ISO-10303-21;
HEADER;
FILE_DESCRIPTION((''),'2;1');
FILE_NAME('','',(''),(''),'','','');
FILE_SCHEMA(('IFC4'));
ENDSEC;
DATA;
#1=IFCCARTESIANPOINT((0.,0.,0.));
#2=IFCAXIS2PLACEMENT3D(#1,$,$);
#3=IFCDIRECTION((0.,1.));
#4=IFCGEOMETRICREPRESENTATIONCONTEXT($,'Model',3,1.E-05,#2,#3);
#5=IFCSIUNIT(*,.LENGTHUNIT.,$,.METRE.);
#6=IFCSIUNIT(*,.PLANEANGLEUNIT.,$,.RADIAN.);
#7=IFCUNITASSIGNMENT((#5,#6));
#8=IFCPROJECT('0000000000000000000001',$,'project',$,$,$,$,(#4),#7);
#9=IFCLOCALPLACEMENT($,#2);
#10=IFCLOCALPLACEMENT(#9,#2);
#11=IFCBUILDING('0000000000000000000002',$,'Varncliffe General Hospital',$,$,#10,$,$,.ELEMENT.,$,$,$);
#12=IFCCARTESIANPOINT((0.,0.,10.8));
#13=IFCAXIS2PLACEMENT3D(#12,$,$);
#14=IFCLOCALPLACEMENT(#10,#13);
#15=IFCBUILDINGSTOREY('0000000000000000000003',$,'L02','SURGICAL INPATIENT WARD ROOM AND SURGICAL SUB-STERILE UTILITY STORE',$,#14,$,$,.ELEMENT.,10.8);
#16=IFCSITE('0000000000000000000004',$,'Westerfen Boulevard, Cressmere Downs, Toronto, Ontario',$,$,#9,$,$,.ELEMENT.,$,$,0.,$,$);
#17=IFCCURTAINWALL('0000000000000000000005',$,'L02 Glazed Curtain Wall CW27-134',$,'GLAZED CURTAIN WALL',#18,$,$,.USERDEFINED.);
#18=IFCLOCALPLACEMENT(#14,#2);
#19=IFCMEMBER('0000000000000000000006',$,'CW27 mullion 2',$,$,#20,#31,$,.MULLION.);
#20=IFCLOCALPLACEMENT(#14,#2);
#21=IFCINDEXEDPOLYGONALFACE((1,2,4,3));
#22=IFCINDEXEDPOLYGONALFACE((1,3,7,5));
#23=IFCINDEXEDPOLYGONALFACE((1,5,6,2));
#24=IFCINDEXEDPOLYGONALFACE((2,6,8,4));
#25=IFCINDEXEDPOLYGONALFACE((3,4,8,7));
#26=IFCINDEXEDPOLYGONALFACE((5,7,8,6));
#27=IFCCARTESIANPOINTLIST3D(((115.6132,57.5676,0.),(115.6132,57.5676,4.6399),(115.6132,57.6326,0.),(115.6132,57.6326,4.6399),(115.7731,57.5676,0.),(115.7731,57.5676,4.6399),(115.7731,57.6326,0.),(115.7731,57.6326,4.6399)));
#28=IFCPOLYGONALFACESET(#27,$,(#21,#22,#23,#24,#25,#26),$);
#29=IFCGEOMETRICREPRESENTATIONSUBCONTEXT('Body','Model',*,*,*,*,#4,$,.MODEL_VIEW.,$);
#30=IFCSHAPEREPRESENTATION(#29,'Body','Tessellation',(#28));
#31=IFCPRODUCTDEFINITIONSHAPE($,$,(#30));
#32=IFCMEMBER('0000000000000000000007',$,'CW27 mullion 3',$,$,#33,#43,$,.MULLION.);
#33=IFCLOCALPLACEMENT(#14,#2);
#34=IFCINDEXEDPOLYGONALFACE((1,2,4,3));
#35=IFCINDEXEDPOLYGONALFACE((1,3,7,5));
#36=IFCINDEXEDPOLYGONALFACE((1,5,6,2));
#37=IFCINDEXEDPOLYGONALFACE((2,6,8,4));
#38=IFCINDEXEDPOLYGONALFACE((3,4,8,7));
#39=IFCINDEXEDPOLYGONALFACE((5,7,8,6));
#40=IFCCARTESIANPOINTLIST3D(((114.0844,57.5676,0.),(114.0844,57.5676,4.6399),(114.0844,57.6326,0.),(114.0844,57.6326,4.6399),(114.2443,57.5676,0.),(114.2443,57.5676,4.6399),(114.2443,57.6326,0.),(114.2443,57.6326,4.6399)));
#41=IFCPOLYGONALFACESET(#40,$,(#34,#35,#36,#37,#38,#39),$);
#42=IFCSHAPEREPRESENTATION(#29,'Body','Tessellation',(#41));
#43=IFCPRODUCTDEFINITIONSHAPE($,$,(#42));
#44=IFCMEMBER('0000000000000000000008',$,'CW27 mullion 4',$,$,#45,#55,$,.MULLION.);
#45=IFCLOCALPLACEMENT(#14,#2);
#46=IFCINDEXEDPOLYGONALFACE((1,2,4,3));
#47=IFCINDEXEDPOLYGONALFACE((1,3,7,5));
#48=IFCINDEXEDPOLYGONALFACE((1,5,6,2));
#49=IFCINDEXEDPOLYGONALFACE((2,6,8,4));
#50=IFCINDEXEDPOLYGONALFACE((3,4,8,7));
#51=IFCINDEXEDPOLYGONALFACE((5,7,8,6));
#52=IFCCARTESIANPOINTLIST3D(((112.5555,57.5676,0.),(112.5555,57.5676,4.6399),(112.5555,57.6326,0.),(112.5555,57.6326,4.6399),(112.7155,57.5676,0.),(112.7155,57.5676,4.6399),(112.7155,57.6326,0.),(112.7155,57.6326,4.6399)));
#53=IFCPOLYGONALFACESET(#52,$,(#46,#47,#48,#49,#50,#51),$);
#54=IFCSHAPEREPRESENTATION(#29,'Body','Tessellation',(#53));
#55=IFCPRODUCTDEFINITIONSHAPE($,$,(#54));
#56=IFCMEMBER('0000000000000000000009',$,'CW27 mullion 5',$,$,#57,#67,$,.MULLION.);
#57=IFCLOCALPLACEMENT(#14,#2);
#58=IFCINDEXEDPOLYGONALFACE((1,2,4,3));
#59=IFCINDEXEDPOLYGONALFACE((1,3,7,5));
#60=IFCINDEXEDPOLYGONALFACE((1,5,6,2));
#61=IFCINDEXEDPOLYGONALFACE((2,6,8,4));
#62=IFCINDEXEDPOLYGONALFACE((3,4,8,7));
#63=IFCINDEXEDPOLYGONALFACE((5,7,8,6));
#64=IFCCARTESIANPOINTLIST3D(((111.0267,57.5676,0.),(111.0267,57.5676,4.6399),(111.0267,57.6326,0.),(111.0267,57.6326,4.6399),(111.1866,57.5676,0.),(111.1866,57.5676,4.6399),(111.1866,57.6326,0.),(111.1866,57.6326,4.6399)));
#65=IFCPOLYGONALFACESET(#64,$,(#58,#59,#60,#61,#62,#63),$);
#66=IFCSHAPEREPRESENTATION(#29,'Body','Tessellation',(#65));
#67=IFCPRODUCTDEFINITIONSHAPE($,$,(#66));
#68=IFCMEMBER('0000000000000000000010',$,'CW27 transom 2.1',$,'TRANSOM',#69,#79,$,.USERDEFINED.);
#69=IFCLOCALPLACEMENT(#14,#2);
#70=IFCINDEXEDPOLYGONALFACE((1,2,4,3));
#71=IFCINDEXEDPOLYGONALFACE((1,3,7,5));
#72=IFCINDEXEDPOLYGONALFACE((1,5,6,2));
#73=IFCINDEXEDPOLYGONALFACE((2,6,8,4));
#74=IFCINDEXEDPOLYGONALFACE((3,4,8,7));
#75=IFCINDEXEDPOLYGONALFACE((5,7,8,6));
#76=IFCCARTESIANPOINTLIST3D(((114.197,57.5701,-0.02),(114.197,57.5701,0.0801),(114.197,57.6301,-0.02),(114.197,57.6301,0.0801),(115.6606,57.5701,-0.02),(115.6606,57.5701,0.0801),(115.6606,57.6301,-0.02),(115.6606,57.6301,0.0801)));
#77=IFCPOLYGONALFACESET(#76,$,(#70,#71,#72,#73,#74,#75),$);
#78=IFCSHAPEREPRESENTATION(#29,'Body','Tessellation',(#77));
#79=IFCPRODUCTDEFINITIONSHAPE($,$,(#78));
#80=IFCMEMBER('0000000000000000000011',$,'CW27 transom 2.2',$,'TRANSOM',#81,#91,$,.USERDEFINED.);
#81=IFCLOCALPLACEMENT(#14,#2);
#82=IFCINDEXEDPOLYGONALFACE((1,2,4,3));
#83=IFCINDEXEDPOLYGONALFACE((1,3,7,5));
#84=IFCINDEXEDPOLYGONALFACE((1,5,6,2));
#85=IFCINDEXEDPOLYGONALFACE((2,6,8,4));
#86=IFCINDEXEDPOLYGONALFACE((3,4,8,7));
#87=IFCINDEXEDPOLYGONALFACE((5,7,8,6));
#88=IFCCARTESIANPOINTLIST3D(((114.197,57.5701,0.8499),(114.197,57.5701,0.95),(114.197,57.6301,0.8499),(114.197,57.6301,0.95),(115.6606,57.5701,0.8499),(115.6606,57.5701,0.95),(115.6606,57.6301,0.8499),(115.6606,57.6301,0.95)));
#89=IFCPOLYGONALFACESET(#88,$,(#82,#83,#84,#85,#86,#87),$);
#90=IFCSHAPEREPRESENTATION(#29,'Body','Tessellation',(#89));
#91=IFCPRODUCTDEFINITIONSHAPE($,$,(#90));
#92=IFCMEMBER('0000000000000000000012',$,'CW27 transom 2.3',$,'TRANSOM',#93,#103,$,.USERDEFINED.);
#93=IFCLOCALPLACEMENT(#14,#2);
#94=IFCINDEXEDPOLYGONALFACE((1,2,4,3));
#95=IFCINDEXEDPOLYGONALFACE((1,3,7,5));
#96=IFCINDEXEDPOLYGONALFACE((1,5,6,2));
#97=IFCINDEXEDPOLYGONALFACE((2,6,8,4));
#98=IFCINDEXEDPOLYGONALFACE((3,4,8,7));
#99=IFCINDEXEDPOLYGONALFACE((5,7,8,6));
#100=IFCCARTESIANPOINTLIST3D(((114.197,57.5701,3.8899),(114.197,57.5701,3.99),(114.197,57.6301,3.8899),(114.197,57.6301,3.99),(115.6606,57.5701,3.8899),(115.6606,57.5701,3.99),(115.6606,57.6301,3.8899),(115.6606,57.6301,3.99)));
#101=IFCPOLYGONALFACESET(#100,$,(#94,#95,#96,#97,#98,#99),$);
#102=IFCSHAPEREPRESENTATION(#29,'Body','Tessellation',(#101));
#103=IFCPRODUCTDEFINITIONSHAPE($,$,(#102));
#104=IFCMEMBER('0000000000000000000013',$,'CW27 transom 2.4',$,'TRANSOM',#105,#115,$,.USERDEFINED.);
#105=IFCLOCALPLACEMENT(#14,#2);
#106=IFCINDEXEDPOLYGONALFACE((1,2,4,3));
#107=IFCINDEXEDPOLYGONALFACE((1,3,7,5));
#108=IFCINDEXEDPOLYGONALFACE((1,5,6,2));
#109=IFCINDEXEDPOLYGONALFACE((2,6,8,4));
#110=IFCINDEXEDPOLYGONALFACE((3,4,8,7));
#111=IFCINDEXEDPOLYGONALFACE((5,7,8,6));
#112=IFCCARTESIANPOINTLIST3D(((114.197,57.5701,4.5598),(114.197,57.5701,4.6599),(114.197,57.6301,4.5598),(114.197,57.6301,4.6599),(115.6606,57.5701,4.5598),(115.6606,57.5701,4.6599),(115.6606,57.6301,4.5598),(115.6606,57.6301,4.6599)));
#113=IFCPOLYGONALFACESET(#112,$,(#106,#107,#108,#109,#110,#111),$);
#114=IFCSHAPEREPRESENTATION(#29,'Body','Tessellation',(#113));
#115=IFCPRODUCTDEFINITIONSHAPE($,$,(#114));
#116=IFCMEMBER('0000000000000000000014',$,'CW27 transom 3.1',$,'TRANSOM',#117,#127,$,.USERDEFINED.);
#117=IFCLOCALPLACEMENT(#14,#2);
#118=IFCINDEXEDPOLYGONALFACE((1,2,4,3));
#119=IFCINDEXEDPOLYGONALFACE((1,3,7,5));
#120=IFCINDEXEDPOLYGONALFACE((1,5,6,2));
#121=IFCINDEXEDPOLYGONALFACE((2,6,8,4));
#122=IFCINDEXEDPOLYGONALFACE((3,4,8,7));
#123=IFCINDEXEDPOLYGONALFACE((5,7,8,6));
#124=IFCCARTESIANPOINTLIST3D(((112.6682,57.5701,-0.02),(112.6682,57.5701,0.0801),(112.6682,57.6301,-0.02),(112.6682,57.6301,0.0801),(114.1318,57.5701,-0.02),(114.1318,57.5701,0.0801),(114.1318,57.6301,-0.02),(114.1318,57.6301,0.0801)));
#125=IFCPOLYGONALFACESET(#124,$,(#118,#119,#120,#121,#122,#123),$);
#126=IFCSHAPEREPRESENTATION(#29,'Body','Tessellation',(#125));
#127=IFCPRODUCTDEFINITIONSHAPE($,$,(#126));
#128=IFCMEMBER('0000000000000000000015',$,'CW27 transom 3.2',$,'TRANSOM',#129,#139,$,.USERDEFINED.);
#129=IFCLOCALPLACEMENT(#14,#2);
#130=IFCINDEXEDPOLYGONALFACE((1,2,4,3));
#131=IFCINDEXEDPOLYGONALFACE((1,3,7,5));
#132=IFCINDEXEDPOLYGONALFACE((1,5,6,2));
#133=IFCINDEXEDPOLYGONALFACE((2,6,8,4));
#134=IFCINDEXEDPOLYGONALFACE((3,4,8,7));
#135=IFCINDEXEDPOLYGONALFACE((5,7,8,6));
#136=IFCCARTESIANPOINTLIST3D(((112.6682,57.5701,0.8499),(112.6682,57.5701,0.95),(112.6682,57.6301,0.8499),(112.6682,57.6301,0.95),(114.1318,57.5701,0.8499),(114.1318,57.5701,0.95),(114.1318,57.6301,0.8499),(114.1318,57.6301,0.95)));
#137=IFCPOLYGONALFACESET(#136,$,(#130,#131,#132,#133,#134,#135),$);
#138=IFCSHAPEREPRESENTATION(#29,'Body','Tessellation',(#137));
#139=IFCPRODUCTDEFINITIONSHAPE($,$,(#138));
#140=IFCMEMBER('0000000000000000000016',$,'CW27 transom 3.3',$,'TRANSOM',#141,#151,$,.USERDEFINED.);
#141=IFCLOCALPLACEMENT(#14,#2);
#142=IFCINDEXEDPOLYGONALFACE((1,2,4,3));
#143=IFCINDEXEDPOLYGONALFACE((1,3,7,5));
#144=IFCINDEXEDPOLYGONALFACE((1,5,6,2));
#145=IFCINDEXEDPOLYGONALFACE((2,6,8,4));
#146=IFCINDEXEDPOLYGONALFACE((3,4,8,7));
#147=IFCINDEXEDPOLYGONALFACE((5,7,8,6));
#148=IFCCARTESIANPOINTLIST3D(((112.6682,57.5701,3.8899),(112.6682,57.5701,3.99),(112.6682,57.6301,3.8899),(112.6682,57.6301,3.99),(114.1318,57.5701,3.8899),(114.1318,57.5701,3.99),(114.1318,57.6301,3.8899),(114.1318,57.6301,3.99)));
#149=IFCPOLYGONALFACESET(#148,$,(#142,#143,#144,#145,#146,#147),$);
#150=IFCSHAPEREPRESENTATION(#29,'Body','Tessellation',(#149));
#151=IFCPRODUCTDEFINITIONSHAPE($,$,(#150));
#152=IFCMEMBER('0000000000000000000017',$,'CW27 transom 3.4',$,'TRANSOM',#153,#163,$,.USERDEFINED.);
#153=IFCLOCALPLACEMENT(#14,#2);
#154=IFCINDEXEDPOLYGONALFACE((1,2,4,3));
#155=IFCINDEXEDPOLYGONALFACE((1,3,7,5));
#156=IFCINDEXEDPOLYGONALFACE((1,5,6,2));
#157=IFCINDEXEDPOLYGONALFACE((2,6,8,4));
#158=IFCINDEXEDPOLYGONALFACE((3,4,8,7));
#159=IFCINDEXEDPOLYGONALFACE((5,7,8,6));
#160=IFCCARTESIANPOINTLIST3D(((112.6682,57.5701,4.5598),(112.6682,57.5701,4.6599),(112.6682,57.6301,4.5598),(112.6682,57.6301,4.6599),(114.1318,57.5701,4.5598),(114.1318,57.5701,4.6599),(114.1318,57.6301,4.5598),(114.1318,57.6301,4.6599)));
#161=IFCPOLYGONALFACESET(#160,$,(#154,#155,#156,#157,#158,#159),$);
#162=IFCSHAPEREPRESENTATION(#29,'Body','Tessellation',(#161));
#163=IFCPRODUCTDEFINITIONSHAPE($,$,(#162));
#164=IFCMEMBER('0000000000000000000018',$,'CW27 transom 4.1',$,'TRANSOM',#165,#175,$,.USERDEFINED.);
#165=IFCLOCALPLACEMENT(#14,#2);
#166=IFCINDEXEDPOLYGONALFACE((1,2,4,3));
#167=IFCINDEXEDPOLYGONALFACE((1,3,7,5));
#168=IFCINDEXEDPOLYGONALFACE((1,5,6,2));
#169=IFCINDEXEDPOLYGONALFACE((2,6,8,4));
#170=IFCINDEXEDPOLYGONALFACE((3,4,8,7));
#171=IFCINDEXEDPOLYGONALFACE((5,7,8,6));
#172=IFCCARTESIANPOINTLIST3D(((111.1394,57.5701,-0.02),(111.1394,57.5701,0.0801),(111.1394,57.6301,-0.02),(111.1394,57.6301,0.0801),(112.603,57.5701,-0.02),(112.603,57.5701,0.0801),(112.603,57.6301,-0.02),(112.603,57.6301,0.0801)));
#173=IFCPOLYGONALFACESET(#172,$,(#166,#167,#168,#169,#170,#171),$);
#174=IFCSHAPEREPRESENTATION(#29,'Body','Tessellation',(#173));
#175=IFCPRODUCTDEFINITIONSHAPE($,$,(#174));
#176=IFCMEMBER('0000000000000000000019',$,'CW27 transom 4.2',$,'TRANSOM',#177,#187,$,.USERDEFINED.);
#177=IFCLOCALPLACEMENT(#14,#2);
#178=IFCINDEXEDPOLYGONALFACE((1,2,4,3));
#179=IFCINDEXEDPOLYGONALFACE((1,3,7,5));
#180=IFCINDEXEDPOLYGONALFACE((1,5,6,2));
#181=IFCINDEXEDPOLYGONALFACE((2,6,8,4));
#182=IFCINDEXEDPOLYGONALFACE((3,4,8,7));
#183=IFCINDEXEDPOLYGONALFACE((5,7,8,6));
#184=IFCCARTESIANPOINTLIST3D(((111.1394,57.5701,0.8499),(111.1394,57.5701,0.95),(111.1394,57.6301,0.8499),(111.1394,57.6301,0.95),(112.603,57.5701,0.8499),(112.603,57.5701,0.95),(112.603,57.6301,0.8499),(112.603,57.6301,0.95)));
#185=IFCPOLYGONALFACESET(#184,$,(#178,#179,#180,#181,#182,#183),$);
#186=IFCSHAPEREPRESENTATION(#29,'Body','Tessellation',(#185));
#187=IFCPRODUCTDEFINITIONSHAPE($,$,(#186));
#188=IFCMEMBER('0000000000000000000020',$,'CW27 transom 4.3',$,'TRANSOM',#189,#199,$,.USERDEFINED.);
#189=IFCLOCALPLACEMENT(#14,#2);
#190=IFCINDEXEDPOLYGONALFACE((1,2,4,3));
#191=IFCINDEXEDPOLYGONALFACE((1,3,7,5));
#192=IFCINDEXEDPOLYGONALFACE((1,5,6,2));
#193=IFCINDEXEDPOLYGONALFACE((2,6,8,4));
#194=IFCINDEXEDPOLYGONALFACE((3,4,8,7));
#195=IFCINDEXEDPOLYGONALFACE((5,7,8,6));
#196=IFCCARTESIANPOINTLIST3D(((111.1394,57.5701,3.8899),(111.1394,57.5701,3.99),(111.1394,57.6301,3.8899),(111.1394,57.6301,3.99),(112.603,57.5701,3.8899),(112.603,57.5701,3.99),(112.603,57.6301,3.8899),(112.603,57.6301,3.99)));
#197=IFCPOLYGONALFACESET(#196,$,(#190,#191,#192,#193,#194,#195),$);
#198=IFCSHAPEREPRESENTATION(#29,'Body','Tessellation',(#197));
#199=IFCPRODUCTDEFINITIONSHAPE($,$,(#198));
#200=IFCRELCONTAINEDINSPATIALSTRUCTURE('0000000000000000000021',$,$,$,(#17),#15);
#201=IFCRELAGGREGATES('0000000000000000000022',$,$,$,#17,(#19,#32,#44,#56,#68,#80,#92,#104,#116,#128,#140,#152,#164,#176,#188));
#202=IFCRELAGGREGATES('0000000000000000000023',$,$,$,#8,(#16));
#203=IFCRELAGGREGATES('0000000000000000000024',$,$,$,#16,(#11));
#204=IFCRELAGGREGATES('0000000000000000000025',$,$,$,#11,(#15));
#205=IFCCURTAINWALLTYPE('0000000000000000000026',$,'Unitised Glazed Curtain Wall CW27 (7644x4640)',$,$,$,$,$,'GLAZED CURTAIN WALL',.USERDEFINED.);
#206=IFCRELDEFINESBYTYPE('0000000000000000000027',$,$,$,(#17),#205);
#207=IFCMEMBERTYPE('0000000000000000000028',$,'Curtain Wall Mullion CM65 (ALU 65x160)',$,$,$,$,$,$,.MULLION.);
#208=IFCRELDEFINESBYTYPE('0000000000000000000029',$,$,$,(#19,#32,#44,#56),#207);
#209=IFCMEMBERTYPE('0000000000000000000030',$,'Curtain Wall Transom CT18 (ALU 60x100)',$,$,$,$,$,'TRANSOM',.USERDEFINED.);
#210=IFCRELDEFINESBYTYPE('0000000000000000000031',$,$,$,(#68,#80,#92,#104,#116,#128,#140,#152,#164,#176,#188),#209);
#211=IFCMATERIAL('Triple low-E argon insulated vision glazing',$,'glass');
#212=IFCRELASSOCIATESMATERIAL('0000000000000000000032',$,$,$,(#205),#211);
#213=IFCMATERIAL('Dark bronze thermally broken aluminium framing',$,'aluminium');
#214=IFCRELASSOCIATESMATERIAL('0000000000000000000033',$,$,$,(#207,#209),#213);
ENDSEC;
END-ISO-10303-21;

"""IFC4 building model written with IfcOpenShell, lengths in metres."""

from ifc_helpers import new_model, si_unit, direction, frame, origin, origin_2d, place, context, subcontext, project, spatial, rectangle, extrude, material, material_profile, profile_set, type_object, element, aggregate, save


model = new_model("IFC4")

# Units and contexts
model_context = context("Model", 3, precision=1e-05, world=origin(), true_north=direction((0.0, 1.0)))
body_context = subcontext(model_context, "Body", "Model", "MODEL_VIEW")
ifc_project = project(units=[si_unit("LENGTHUNIT", "METRE"), si_unit("PLANEANGLEUNIT", "RADIAN")], contexts=[model_context])

# Site, building, storey
site_placement = place(None, origin())
site = spatial("IfcSite", under=ifc_project, at=site_placement, Name="Westerfen Boulevard, Cressmere Downs, Toronto, Ontario", CompositionType="ELEMENT", RefElevation=0.0)
building_placement = place(site_placement, origin())
building = spatial("IfcBuilding", under=site, at=building_placement, Name="Varncliffe General Hospital", CompositionType="ELEMENT")
storey_placement = place(building_placement, frame((0.0, 0.0, 10.8)))
storey = spatial("IfcBuildingStorey", under=building, at=storey_placement, Name="L02", Description="SURGICAL INPATIENT WARD ROOM AND SURGICAL SUB-STERILE UTILITY STORE", CompositionType="ELEMENT", Elevation=10.8)

# Curtain wall, members
ifc_material_1 = material(Name="Triple low-E argon insulated vision glazing", Category="glass")
curtain_wall_type = type_object("IfcCurtainWallType", Name="Unitised Glazed Curtain Wall CW27 (7644x4640)", ElementType="GLAZED CURTAIN WALL", PredefinedType="USERDEFINED", material=ifc_material_1)
curtain_wall_placement = place(storey_placement, origin())
curtain_wall = element("IfcCurtainWall", 1, at=curtain_wall_placement, inside=storey, type_object=curtain_wall_type, Name="L02 Glazed Curtain Wall CW27-134", ObjectType="GLAZED CURTAIN WALL", PredefinedType="USERDEFINED")
ifc_material_2 = material(Name="Dark bronze thermally broken aluminium framing", Category="aluminium")
ifc_material_profile_1 = material_profile(ifc_material_2, rectangle(XDim=0.0649, YDim=0.1599, at=origin_2d()), Name="ALU 65x160")
ifc_profile_set_1 = profile_set([ifc_material_profile_1], Name="Dark bronze thermally broken aluminium framing")
member_type_1 = type_object("IfcMemberType", Name="Curtain Wall Mullion CM65 (ALU 65x160)", PredefinedType="MULLION", material=ifc_profile_set_1)
member_1_placement = place(storey_placement, frame((115.6931, 57.6001, 0.0), z_axis=(0.0, 0.0, 1.0), x_axis=(0.0, -1.0, 0.0)))
member_1 = element("IfcMember", 2, at=member_1_placement, type_object=member_type_1, Name="CW27 mullion 2", PredefinedType="MULLION", context=body_context, shape_type="SweptSolid", body=[
    extrude(rectangle(XDim=0.0649, YDim=0.1599, at=origin_2d()), origin(), (0.0, 0.0, 1.0), 4.6399),
])
member_2_placement = place(storey_placement, frame((114.1643, 57.6001, 0.0), z_axis=(0.0, 0.0, 1.0), x_axis=(0.0, -1.0, 0.0)))
member_2 = element("IfcMember", 3, at=member_2_placement, type_object=member_type_1, Name="CW27 mullion 3", PredefinedType="MULLION", context=body_context, shape_type="SweptSolid", body=[
    extrude(rectangle(XDim=0.0649, YDim=0.1599, at=origin_2d()), origin(), (0.0, 0.0, 1.0), 4.6399),
])
member_3_placement = place(storey_placement, frame((112.6355, 57.6001, 0.0), z_axis=(0.0, 0.0, 1.0), x_axis=(0.0, -1.0, 0.0)))
member_3 = element("IfcMember", 4, at=member_3_placement, type_object=member_type_1, Name="CW27 mullion 4", PredefinedType="MULLION", context=body_context, shape_type="SweptSolid", body=[
    extrude(rectangle(XDim=0.0649, YDim=0.1599, at=origin_2d()), origin(), (0.0, 0.0, 1.0), 4.6399),
])
member_4_placement = place(storey_placement, frame((111.1067, 57.6001, 0.0), z_axis=(0.0, 0.0, 1.0), x_axis=(0.0, -1.0, 0.0)))
member_4 = element("IfcMember", 5, at=member_4_placement, type_object=member_type_1, Name="CW27 mullion 5", PredefinedType="MULLION", context=body_context, shape_type="SweptSolid", body=[
    extrude(rectangle(XDim=0.0649, YDim=0.1599, at=origin_2d()), origin(), (0.0, 0.0, 1.0), 4.6399),
])
ifc_material_profile_2 = material_profile(ifc_material_2, rectangle(XDim=0.0601, YDim=0.1001, at=origin_2d()), Name="ALU 60x100")
ifc_profile_set_2 = profile_set([ifc_material_profile_2], Name="Dark bronze thermally broken aluminium framing")
member_type_2 = type_object("IfcMemberType", Name="Curtain Wall Transom CT18 (ALU 60x100)", ElementType="TRANSOM", PredefinedType="USERDEFINED", material=ifc_profile_set_2)
member_5_placement = place(storey_placement, frame((115.6606, 57.6001, 0.03), z_axis=(-1.0, 0.0, 0.0), x_axis=(0.0, -1.0, 0.0)))
member_5 = element("IfcMember", 6, at=member_5_placement, type_object=member_type_2, Name="CW27 transom 2.1", ObjectType="TRANSOM", PredefinedType="USERDEFINED", context=body_context, shape_type="SweptSolid", body=[
    extrude(rectangle(XDim=0.0601, YDim=0.1001, at=origin_2d()), origin(), (0.0, 0.0, 1.0), 1.4636),
])
member_6_placement = place(storey_placement, frame((115.6606, 57.6001, 0.8999), z_axis=(-1.0, 0.0, 0.0), x_axis=(0.0, -1.0, 0.0)))
member_6 = element("IfcMember", 7, at=member_6_placement, type_object=member_type_2, Name="CW27 transom 2.2", ObjectType="TRANSOM", PredefinedType="USERDEFINED", context=body_context, shape_type="SweptSolid", body=[
    extrude(rectangle(XDim=0.0601, YDim=0.1001, at=origin_2d()), origin(), (0.0, 0.0, 1.0), 1.4636),
])
member_7_placement = place(storey_placement, frame((115.6606, 57.6001, 3.9399), z_axis=(-1.0, 0.0, 0.0), x_axis=(0.0, -1.0, 0.0)))
member_7 = element("IfcMember", 8, at=member_7_placement, type_object=member_type_2, Name="CW27 transom 2.3", ObjectType="TRANSOM", PredefinedType="USERDEFINED", context=body_context, shape_type="SweptSolid", body=[
    extrude(rectangle(XDim=0.0601, YDim=0.1001, at=origin_2d()), origin(), (0.0, 0.0, 1.0), 1.4636),
])
member_8_placement = place(storey_placement, frame((115.6606, 57.6001, 4.6099), z_axis=(-1.0, 0.0, 0.0), x_axis=(0.0, -1.0, 0.0)))
member_8 = element("IfcMember", 9, at=member_8_placement, type_object=member_type_2, Name="CW27 transom 2.4", ObjectType="TRANSOM", PredefinedType="USERDEFINED", context=body_context, shape_type="SweptSolid", body=[
    extrude(rectangle(XDim=0.0601, YDim=0.1001, at=origin_2d()), origin(), (0.0, 0.0, 1.0), 1.4636),
])
member_9_placement = place(storey_placement, frame((114.1318, 57.6001, 0.03), z_axis=(-1.0, 0.0, 0.0), x_axis=(0.0, -1.0, 0.0)))
member_9 = element("IfcMember", 10, at=member_9_placement, type_object=member_type_2, Name="CW27 transom 3.1", ObjectType="TRANSOM", PredefinedType="USERDEFINED", context=body_context, shape_type="SweptSolid", body=[
    extrude(rectangle(XDim=0.0601, YDim=0.1001, at=origin_2d()), origin(), (0.0, 0.0, 1.0), 1.4636),
])
member_10_placement = place(storey_placement, frame((114.1318, 57.6001, 0.8999), z_axis=(-1.0, 0.0, 0.0), x_axis=(0.0, -1.0, 0.0)))
member_10 = element("IfcMember", 11, at=member_10_placement, type_object=member_type_2, Name="CW27 transom 3.2", ObjectType="TRANSOM", PredefinedType="USERDEFINED", context=body_context, shape_type="SweptSolid", body=[
    extrude(rectangle(XDim=0.0601, YDim=0.1001, at=origin_2d()), origin(), (0.0, 0.0, 1.0), 1.4636),
])
member_11_placement = place(storey_placement, frame((114.1318, 57.6001, 3.9399), z_axis=(-1.0, 0.0, 0.0), x_axis=(0.0, -1.0, 0.0)))
member_11 = element("IfcMember", 12, at=member_11_placement, type_object=member_type_2, Name="CW27 transom 3.3", ObjectType="TRANSOM", PredefinedType="USERDEFINED", context=body_context, shape_type="SweptSolid", body=[
    extrude(rectangle(XDim=0.0601, YDim=0.1001, at=origin_2d()), origin(), (0.0, 0.0, 1.0), 1.4636),
])
member_12_placement = place(storey_placement, frame((114.1318, 57.6001, 4.6099), z_axis=(-1.0, 0.0, 0.0), x_axis=(0.0, -1.0, 0.0)))
member_12 = element("IfcMember", 13, at=member_12_placement, type_object=member_type_2, Name="CW27 transom 3.4", ObjectType="TRANSOM", PredefinedType="USERDEFINED", context=body_context, shape_type="SweptSolid", body=[
    extrude(rectangle(XDim=0.0601, YDim=0.1001, at=origin_2d()), origin(), (0.0, 0.0, 1.0), 1.4636),
])
member_13_placement = place(storey_placement, frame((112.603, 57.6001, 0.03), z_axis=(-1.0, 0.0, 0.0), x_axis=(0.0, -1.0, 0.0)))
member_13 = element("IfcMember", 14, at=member_13_placement, type_object=member_type_2, Name="CW27 transom 4.1", ObjectType="TRANSOM", PredefinedType="USERDEFINED", context=body_context, shape_type="SweptSolid", body=[
    extrude(rectangle(XDim=0.0601, YDim=0.1001, at=origin_2d()), origin(), (0.0, 0.0, 1.0), 1.4636),
])
member_14_placement = place(storey_placement, frame((112.603, 57.6001, 0.8999), z_axis=(-1.0, 0.0, 0.0), x_axis=(0.0, -1.0, 0.0)))
member_14 = element("IfcMember", 15, at=member_14_placement, type_object=member_type_2, Name="CW27 transom 4.2", ObjectType="TRANSOM", PredefinedType="USERDEFINED", context=body_context, shape_type="SweptSolid", body=[
    extrude(rectangle(XDim=0.0601, YDim=0.1001, at=origin_2d()), origin(), (0.0, 0.0, 1.0), 1.4636),
])
member_15_placement = place(storey_placement, frame((112.603, 57.6001, 3.9399), z_axis=(-1.0, 0.0, 0.0), x_axis=(0.0, -1.0, 0.0)))
member_15 = element("IfcMember", 16, at=member_15_placement, type_object=member_type_2, Name="CW27 transom 4.3", ObjectType="TRANSOM", PredefinedType="USERDEFINED", context=body_context, shape_type="SweptSolid", body=[
    extrude(rectangle(XDim=0.0601, YDim=0.1001, at=origin_2d()), origin(), (0.0, 0.0, 1.0), 1.4636),
])
aggregate(curtain_wall, [member_1, member_2, member_3, member_4, member_5, member_6, member_7, member_8, member_9, member_10, member_11, member_12, member_13, member_14, member_15])

save(model, "model.ifc")
